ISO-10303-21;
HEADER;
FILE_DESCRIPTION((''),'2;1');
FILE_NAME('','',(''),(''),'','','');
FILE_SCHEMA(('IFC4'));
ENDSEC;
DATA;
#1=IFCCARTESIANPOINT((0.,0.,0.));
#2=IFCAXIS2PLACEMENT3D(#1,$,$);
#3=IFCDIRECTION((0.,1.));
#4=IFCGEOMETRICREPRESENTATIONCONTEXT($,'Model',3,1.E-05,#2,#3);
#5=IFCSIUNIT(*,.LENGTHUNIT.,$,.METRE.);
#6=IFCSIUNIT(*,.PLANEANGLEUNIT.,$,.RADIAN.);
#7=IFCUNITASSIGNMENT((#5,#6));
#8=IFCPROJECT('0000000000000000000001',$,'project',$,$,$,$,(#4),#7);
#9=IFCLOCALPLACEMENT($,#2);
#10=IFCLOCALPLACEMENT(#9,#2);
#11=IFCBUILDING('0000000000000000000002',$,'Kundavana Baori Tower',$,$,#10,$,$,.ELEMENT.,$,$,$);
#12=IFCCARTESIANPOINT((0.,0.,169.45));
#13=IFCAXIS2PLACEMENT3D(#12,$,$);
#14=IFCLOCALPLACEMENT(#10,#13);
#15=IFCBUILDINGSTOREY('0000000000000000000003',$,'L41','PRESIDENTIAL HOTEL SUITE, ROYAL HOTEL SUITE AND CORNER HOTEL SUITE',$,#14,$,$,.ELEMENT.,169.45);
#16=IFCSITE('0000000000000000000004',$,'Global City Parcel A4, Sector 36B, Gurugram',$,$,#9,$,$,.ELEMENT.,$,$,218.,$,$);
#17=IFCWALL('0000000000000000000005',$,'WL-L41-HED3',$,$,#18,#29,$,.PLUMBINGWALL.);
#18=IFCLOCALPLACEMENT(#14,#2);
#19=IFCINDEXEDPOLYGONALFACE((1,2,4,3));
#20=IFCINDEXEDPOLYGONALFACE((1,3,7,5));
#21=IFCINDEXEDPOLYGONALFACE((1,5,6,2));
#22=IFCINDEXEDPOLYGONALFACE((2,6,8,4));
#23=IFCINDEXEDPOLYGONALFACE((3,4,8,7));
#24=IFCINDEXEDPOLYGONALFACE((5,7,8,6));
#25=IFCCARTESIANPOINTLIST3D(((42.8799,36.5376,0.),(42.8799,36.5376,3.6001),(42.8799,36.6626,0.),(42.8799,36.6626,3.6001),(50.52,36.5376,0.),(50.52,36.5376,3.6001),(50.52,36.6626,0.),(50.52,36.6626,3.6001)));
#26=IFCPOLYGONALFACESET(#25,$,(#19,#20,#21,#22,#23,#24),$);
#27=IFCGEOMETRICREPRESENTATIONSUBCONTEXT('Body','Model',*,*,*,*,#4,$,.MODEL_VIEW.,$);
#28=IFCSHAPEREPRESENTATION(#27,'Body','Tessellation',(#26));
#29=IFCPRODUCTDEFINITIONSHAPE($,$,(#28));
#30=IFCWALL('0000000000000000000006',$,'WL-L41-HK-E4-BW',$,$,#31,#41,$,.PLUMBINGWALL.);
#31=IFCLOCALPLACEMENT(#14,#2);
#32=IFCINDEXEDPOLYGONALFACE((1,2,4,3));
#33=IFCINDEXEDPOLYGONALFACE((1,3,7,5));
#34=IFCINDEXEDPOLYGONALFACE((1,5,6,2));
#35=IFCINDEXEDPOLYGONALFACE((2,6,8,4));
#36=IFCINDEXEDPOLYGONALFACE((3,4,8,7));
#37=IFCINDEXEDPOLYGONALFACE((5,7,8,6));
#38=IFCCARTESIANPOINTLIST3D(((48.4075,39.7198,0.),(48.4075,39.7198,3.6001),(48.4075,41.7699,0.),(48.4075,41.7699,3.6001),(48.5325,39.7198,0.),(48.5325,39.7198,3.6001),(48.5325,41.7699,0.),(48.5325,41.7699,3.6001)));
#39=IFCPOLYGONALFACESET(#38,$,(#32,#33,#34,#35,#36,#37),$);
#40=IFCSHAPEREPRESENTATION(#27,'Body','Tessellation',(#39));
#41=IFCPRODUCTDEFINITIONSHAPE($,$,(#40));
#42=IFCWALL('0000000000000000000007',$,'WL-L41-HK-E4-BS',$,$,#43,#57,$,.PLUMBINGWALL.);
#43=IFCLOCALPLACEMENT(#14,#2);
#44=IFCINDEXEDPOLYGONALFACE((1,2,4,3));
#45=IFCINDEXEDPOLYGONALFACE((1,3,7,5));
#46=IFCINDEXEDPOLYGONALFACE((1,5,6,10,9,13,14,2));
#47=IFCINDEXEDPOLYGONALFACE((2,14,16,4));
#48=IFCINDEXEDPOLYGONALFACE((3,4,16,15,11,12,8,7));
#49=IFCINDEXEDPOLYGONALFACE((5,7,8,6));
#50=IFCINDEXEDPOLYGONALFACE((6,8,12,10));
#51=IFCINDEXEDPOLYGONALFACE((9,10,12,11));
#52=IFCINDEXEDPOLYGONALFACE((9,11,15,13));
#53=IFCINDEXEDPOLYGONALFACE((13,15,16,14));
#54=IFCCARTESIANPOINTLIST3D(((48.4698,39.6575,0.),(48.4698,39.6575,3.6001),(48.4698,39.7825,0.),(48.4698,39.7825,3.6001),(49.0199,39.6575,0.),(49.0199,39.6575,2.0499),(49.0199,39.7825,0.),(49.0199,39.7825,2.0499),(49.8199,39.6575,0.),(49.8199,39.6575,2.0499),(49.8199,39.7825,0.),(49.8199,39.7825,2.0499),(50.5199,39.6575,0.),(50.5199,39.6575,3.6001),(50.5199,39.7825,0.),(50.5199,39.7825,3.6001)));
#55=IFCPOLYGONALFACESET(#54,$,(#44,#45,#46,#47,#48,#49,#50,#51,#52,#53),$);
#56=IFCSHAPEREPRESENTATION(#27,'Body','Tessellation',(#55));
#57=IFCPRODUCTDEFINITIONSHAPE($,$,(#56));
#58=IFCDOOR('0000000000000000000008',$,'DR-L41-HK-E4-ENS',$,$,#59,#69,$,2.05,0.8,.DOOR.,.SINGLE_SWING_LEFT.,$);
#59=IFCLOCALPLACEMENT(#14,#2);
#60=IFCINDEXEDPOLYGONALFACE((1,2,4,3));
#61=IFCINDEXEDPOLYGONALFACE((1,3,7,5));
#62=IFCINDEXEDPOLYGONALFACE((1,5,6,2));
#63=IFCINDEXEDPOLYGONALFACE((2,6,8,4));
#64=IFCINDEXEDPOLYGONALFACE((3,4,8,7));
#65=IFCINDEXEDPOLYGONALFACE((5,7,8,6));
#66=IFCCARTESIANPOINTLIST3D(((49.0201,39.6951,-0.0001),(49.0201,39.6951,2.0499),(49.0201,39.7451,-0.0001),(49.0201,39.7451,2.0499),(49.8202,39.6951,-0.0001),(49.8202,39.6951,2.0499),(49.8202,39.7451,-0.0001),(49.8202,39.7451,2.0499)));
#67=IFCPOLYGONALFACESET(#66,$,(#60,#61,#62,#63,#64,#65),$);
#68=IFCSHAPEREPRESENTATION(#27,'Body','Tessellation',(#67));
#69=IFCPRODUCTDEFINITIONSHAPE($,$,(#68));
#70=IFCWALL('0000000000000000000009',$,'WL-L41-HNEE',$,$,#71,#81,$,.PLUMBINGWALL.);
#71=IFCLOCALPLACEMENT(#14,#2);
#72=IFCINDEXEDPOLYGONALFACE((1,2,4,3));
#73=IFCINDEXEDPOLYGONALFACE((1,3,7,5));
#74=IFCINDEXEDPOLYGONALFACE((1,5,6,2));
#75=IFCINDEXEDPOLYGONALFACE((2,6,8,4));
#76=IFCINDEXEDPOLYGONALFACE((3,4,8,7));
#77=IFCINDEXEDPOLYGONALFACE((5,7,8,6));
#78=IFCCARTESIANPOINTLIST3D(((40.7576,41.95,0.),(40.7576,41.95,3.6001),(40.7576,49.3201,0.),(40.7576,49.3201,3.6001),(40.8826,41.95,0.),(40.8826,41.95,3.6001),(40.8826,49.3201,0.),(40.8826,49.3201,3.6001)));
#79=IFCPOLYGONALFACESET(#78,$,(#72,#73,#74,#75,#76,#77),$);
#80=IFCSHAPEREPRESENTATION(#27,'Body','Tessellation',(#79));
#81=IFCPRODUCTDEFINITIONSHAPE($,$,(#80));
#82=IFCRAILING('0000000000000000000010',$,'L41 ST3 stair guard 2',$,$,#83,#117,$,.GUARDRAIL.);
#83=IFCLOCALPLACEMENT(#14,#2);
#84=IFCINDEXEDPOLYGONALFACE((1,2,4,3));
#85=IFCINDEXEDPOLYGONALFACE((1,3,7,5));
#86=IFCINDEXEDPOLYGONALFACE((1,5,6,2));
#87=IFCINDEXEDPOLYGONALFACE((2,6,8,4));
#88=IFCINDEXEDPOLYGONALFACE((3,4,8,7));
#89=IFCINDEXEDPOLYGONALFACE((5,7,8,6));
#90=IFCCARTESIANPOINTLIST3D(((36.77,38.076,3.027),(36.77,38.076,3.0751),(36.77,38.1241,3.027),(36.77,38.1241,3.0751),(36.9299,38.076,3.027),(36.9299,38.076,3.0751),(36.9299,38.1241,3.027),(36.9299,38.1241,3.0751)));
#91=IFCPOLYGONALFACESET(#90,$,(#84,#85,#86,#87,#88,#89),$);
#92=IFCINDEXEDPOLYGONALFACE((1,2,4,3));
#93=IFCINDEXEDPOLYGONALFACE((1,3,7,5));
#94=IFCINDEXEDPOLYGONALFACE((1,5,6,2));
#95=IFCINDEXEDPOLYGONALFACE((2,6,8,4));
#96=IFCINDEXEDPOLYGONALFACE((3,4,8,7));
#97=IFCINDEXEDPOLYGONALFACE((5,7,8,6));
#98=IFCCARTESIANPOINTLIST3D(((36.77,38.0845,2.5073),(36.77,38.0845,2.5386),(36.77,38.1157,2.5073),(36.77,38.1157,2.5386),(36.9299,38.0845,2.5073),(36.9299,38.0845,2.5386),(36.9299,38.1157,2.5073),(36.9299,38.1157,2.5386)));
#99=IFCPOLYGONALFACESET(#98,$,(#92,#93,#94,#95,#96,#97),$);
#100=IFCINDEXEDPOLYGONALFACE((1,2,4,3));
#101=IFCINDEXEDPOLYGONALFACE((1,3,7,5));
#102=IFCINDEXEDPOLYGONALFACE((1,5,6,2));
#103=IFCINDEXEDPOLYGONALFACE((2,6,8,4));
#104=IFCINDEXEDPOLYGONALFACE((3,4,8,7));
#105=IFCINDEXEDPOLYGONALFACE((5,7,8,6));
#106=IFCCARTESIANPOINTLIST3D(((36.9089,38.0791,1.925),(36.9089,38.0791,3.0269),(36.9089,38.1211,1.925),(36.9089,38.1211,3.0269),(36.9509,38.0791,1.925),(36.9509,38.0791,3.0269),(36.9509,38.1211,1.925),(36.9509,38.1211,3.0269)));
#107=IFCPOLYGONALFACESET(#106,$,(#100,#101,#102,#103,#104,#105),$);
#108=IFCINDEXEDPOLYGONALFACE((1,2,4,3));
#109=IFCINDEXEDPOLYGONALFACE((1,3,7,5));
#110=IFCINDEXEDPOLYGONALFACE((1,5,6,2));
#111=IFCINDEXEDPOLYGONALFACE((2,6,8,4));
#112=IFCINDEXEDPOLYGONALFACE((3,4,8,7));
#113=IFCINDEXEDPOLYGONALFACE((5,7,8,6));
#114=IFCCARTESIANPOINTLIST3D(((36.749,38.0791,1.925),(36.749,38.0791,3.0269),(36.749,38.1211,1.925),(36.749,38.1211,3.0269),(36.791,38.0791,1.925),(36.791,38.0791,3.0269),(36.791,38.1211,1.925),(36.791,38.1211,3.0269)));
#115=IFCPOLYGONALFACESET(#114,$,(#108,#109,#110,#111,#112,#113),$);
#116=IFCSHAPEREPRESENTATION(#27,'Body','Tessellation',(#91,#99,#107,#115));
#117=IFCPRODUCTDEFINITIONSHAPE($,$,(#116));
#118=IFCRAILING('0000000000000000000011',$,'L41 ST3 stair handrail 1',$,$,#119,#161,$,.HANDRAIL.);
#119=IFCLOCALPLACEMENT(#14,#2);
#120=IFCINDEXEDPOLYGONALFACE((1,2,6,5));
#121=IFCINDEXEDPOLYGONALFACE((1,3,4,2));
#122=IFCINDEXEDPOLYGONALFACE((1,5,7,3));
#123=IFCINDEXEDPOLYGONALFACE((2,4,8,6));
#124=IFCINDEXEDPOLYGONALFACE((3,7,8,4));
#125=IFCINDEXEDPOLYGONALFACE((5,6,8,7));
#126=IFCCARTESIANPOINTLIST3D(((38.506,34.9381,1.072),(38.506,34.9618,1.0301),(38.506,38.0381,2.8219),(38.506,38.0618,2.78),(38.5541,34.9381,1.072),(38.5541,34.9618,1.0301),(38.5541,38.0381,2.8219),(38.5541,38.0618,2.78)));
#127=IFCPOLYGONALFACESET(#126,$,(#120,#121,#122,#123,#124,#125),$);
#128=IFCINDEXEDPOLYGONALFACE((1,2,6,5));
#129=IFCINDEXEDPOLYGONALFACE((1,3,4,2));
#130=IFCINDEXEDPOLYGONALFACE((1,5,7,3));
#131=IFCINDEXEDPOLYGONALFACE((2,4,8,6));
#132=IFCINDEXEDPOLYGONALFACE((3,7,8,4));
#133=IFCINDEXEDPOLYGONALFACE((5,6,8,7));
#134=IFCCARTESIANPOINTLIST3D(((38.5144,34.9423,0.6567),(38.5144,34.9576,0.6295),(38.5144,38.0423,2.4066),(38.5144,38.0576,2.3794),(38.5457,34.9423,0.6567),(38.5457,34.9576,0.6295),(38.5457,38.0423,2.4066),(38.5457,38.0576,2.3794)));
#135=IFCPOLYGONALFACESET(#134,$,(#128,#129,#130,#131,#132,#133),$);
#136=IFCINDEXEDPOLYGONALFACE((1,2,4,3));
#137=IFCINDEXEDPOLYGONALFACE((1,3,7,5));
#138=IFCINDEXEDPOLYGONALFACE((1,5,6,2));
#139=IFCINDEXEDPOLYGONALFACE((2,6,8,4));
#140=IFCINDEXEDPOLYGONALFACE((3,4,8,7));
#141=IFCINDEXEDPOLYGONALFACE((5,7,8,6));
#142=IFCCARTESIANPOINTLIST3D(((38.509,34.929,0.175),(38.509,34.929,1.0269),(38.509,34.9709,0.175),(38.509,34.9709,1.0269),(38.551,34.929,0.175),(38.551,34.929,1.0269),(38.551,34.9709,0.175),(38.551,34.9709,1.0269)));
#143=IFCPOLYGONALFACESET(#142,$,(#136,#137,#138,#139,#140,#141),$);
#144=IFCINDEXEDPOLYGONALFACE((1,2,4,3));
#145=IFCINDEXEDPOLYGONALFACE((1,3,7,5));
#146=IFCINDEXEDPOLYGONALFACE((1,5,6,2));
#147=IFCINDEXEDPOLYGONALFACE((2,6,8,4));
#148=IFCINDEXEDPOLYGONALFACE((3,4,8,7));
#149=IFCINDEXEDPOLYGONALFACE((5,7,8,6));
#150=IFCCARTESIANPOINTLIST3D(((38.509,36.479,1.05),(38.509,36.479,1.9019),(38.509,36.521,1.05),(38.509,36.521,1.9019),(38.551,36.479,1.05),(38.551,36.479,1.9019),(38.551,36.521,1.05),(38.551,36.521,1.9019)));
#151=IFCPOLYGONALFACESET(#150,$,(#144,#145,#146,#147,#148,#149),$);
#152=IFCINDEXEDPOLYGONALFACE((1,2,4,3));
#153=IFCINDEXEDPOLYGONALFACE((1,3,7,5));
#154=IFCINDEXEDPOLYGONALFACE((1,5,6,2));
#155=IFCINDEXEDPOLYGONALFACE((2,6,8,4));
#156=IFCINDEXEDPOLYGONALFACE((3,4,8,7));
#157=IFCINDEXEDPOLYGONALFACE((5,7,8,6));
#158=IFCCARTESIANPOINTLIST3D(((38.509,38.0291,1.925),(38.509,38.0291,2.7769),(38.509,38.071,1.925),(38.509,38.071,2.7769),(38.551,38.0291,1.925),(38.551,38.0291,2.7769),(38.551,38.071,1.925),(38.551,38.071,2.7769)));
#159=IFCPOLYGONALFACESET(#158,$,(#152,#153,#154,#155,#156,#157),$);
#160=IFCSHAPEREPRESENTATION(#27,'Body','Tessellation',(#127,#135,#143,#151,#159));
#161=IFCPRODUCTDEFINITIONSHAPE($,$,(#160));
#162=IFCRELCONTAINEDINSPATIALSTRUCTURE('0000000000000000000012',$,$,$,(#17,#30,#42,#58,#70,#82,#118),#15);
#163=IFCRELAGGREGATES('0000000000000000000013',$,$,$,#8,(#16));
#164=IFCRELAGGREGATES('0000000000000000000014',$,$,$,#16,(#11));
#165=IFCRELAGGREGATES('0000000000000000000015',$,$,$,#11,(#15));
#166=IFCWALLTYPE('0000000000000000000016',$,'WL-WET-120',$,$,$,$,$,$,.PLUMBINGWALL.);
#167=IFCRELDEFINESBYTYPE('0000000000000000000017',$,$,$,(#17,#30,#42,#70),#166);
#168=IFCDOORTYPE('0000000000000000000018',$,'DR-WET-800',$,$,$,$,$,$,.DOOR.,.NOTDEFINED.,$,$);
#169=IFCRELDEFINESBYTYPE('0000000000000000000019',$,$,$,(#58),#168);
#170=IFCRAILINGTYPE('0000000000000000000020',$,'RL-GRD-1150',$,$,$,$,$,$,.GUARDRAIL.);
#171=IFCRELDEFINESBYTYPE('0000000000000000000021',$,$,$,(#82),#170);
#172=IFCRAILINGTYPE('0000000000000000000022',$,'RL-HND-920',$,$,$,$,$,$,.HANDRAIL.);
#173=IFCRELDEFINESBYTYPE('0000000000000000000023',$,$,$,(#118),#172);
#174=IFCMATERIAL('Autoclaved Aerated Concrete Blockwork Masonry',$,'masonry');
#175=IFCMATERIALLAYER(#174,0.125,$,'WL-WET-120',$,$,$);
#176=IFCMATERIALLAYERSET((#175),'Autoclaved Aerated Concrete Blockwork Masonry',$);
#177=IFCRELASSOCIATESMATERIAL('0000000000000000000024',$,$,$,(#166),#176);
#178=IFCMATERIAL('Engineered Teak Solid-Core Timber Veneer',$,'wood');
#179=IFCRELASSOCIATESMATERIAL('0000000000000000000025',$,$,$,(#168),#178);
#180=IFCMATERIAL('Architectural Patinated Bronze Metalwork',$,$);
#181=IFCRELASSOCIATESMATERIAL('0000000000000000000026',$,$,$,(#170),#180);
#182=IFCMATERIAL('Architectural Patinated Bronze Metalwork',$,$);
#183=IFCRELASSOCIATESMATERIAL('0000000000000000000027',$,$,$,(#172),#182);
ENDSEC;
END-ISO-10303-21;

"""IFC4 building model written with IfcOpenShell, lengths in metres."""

from ifc_helpers import new_model, si_unit, direction, frame, frame_2d, origin, origin_2d, place, context, subcontext, project, spatial, rectangle, extrude, material, layer, layer_set, type_object, element, fill, save


model = new_model("IFC4")

# Units and contexts
model_context = context("Model", 3, precision=1e-05, world=origin(), true_north=direction((0.0, 1.0)))
body_context = subcontext(model_context, "Body", "Model", "MODEL_VIEW")
ifc_project = project(units=[si_unit("LENGTHUNIT", "METRE"), si_unit("PLANEANGLEUNIT", "RADIAN")], contexts=[model_context])

# Site, building, storey
site_placement = place(None, origin())
site = spatial("IfcSite", under=ifc_project, at=site_placement, Name="Global City Parcel A4, Sector 36B, Gurugram", CompositionType="ELEMENT", RefElevation=218.0)
building_placement = place(site_placement, origin())
building = spatial("IfcBuilding", under=site, at=building_placement, Name="Kundavana Baori Tower", CompositionType="ELEMENT")
storey_placement = place(building_placement, frame((0.0, 0.0, 169.45)))
storey = spatial("IfcBuildingStorey", under=building, at=storey_placement, Name="L41", Description="PRESIDENTIAL HOTEL SUITE, ROYAL HOTEL SUITE AND CORNER HOTEL SUITE", CompositionType="ELEMENT", Elevation=169.45)

# Walls
ifc_material_1 = material(Name="Autoclaved Aerated Concrete Blockwork Masonry", Category="masonry")
ifc_layer_1 = layer(ifc_material_1, 0.125, Name="WL-WET-120")
ifc_layer_set_1 = layer_set([ifc_layer_1], Name="Autoclaved Aerated Concrete Blockwork Masonry")
wall_type_1 = type_object("IfcWallType", Name="WL-WET-120", PredefinedType="PLUMBINGWALL", material=ifc_layer_set_1)
wall_1_placement = place(storey_placement, frame((42.8799, 36.6001, 0.0), z_axis=(0.0, 0.0, 1.0), x_axis=(1.0, 0.0, 0.0)))
element("IfcWall", 1, at=wall_1_placement, inside=storey, type_object=wall_type_1, Name="WL-L41-HED3", PredefinedType="PLUMBINGWALL", context=body_context, shape_type="SweptSolid", body=[
    extrude(rectangle(XDim=7.6401, YDim=0.125, at=frame_2d((3.8201, 0.0))), origin(), (0.0, 0.0, 1.0), 3.6001),
])
wall_2_placement = place(storey_placement, frame((48.47, 39.72, 0.0), z_axis=(0.0, 0.0, 1.0), x_axis=(0.0, 1.0, 0.0)))
element("IfcWall", 2, at=wall_2_placement, inside=storey, type_object=wall_type_1, Name="WL-L41-HK-E4-BW", PredefinedType="PLUMBINGWALL", context=body_context, shape_type="SweptSolid", body=[
    extrude(rectangle(XDim=2.05, YDim=0.125, at=frame_2d((1.0249, 0.0))), origin(), (0.0, 0.0, 1.0), 3.6001),
])

# Wall, opening, door
wall_3_placement = place(storey_placement, frame((48.47, 39.72, 0.0), z_axis=(0.0, 0.0, 1.0), x_axis=(1.0, 0.0, 0.0)))
wall_3 = element("IfcWall", 3, at=wall_3_placement, inside=storey, type_object=wall_type_1, Name="WL-L41-HK-E4-BS", PredefinedType="PLUMBINGWALL", context=body_context, shape_type="SweptSolid", body=[
    extrude(rectangle(XDim=2.05, YDim=0.125, at=frame_2d((1.0249, 0.0))), origin(), (0.0, 0.0, 1.0), 3.6001),
])
opening_1_placement = place(wall_3_placement, frame((0.55, 0.0, 0.0)))
opening_1 = element("IfcOpeningElement", 4, at=opening_1_placement, cuts=wall_3, PredefinedType="OPENING", context=body_context, shape_type="SweptSolid", body=[
    extrude(rectangle(XDim=0.8, YDim=2.05, at=frame_2d((0.3999, 1.0249))), frame((0.0, 0.0725, 0.0), z_axis=(0.0, -1.0, 0.0), x_axis=(1.0, 0.0, 0.0)), (0.0, 0.0, 1.0), 0.145),
])
ifc_material_2 = material(Name="Engineered Teak Solid-Core Timber Veneer", Category="wood")
door_type_1 = type_object("IfcDoorType", Name="DR-WET-800", OperationType="NOTDEFINED", PredefinedType="DOOR", material=ifc_material_2)
door_1_placement = place(opening_1_placement, frame((0.8, 0.0, 0.0), z_axis=(0.0, 0.0, 1.0), x_axis=(-1.0, 0.0, 0.0)))
door_1 = element("IfcDoor", 5, at=door_1_placement, inside=storey, type_object=door_type_1, Name="DR-L41-HK-E4-ENS", OperationType="SINGLE_SWING_LEFT", OverallHeight=2.05, OverallWidth=0.8, PredefinedType="DOOR", context=body_context, shape_type="SweptSolid", body=[
    extrude(rectangle(XDim=0.8, YDim=2.05, at=frame_2d((0.3999, 1.0249))), frame((0.0, 0.0249, 0.0), z_axis=(0.0, -1.0, 0.0), x_axis=(1.0, 0.0, 0.0)), (0.0, 0.0, 1.0), 0.05),
])
fill(opening_1, door_1)

# Wall
wall_4_placement = place(storey_placement, frame((40.8201, 41.95, 0.0), z_axis=(0.0, 0.0, 1.0), x_axis=(0.0, 1.0, 0.0)))
element("IfcWall", 6, at=wall_4_placement, inside=storey, type_object=wall_type_1, Name="WL-L41-HNEE", PredefinedType="PLUMBINGWALL", context=body_context, shape_type="SweptSolid", body=[
    extrude(rectangle(XDim=7.3701, YDim=0.125, at=frame_2d((3.6851, 0.0))), origin(), (0.0, 0.0, 1.0), 3.6001),
])

# Railings
ifc_material_3 = material(Name="Architectural Patinated Bronze Metalwork")
railing_type_1 = type_object("IfcRailingType", Name="RL-GRD-1150", PredefinedType="GUARDRAIL", material=ifc_material_3)
railing_1_placement = place(storey_placement, frame((36.9299, 38.1001, 1.925)))
element("IfcRailing", 7, at=railing_1_placement, inside=storey, type_object=railing_type_1, Name="L41 ST3 stair guard 2", PredefinedType="GUARDRAIL", context=body_context, shape_type="SweptSolid", body=[
    extrude(rectangle(XDim=0.0481, YDim=0.0481, at=origin_2d()), frame((0.0, 0.0, 1.126), z_axis=(-1.0, 0.0, 0.0), x_axis=(0.0, -1.0, 0.0)), (0.0, 0.0, 1.0), 0.1599),
    extrude(rectangle(XDim=0.0312, YDim=0.0312, at=origin_2d()), frame((0.0, 0.0, 0.5979), z_axis=(-1.0, 0.0, 0.0), x_axis=(0.0, -1.0, 0.0)), (0.0, 0.0, 1.0), 0.1599),
    extrude(rectangle(XDim=0.042, YDim=0.042, at=origin_2d()), origin(), (0.0, 0.0, 1.0), 1.1018),
    extrude(rectangle(XDim=0.042, YDim=0.042, at=origin_2d()), frame((-0.1599, 0.0, 0.0)), (0.0, 0.0, 1.0), 1.1018),
])
ifc_material_4 = material(Name="Architectural Patinated Bronze Metalwork")
railing_type_2 = type_object("IfcRailingType", Name="RL-HND-920", PredefinedType="HANDRAIL", material=ifc_material_4)
railing_2_placement = place(storey_placement, frame((38.53, 34.95, 0.175)))
element("IfcRailing", 8, at=railing_2_placement, inside=storey, type_object=railing_type_2, Name="L41 ST3 stair handrail 1", PredefinedType="HANDRAIL", context=body_context, shape_type="SweptSolid", body=[
    extrude(rectangle(XDim=0.0481, YDim=0.0481, at=origin_2d()), frame((0.0, 0.0, 0.876), z_axis=(0.0, 0.870831, 0.491583), x_axis=(-1.0, 0.0, 0.0)), (0.0, 0.0, 1.0), 3.5598),
    extrude(rectangle(XDim=0.0312, YDim=0.0312, at=origin_2d()), frame((0.0, 0.0, 0.468), z_axis=(0.0, 0.870831, 0.491583), x_axis=(-1.0, 0.0, 0.0)), (0.0, 0.0, 1.0), 3.5598),
    extrude(rectangle(XDim=0.042, YDim=0.042, at=origin_2d()), origin(), (0.0, 0.0, 1.0), 0.8518),
    extrude(rectangle(XDim=0.042, YDim=0.042, at=origin_2d()), frame((0.0, 1.55, 0.875)), (0.0, 0.0, 1.0), 0.8518),
    extrude(rectangle(XDim=0.042, YDim=0.042, at=origin_2d()), frame((0.0, 3.1001, 1.75)), (0.0, 0.0, 1.0), 0.8518),
])

save(model, "model.ifc")
